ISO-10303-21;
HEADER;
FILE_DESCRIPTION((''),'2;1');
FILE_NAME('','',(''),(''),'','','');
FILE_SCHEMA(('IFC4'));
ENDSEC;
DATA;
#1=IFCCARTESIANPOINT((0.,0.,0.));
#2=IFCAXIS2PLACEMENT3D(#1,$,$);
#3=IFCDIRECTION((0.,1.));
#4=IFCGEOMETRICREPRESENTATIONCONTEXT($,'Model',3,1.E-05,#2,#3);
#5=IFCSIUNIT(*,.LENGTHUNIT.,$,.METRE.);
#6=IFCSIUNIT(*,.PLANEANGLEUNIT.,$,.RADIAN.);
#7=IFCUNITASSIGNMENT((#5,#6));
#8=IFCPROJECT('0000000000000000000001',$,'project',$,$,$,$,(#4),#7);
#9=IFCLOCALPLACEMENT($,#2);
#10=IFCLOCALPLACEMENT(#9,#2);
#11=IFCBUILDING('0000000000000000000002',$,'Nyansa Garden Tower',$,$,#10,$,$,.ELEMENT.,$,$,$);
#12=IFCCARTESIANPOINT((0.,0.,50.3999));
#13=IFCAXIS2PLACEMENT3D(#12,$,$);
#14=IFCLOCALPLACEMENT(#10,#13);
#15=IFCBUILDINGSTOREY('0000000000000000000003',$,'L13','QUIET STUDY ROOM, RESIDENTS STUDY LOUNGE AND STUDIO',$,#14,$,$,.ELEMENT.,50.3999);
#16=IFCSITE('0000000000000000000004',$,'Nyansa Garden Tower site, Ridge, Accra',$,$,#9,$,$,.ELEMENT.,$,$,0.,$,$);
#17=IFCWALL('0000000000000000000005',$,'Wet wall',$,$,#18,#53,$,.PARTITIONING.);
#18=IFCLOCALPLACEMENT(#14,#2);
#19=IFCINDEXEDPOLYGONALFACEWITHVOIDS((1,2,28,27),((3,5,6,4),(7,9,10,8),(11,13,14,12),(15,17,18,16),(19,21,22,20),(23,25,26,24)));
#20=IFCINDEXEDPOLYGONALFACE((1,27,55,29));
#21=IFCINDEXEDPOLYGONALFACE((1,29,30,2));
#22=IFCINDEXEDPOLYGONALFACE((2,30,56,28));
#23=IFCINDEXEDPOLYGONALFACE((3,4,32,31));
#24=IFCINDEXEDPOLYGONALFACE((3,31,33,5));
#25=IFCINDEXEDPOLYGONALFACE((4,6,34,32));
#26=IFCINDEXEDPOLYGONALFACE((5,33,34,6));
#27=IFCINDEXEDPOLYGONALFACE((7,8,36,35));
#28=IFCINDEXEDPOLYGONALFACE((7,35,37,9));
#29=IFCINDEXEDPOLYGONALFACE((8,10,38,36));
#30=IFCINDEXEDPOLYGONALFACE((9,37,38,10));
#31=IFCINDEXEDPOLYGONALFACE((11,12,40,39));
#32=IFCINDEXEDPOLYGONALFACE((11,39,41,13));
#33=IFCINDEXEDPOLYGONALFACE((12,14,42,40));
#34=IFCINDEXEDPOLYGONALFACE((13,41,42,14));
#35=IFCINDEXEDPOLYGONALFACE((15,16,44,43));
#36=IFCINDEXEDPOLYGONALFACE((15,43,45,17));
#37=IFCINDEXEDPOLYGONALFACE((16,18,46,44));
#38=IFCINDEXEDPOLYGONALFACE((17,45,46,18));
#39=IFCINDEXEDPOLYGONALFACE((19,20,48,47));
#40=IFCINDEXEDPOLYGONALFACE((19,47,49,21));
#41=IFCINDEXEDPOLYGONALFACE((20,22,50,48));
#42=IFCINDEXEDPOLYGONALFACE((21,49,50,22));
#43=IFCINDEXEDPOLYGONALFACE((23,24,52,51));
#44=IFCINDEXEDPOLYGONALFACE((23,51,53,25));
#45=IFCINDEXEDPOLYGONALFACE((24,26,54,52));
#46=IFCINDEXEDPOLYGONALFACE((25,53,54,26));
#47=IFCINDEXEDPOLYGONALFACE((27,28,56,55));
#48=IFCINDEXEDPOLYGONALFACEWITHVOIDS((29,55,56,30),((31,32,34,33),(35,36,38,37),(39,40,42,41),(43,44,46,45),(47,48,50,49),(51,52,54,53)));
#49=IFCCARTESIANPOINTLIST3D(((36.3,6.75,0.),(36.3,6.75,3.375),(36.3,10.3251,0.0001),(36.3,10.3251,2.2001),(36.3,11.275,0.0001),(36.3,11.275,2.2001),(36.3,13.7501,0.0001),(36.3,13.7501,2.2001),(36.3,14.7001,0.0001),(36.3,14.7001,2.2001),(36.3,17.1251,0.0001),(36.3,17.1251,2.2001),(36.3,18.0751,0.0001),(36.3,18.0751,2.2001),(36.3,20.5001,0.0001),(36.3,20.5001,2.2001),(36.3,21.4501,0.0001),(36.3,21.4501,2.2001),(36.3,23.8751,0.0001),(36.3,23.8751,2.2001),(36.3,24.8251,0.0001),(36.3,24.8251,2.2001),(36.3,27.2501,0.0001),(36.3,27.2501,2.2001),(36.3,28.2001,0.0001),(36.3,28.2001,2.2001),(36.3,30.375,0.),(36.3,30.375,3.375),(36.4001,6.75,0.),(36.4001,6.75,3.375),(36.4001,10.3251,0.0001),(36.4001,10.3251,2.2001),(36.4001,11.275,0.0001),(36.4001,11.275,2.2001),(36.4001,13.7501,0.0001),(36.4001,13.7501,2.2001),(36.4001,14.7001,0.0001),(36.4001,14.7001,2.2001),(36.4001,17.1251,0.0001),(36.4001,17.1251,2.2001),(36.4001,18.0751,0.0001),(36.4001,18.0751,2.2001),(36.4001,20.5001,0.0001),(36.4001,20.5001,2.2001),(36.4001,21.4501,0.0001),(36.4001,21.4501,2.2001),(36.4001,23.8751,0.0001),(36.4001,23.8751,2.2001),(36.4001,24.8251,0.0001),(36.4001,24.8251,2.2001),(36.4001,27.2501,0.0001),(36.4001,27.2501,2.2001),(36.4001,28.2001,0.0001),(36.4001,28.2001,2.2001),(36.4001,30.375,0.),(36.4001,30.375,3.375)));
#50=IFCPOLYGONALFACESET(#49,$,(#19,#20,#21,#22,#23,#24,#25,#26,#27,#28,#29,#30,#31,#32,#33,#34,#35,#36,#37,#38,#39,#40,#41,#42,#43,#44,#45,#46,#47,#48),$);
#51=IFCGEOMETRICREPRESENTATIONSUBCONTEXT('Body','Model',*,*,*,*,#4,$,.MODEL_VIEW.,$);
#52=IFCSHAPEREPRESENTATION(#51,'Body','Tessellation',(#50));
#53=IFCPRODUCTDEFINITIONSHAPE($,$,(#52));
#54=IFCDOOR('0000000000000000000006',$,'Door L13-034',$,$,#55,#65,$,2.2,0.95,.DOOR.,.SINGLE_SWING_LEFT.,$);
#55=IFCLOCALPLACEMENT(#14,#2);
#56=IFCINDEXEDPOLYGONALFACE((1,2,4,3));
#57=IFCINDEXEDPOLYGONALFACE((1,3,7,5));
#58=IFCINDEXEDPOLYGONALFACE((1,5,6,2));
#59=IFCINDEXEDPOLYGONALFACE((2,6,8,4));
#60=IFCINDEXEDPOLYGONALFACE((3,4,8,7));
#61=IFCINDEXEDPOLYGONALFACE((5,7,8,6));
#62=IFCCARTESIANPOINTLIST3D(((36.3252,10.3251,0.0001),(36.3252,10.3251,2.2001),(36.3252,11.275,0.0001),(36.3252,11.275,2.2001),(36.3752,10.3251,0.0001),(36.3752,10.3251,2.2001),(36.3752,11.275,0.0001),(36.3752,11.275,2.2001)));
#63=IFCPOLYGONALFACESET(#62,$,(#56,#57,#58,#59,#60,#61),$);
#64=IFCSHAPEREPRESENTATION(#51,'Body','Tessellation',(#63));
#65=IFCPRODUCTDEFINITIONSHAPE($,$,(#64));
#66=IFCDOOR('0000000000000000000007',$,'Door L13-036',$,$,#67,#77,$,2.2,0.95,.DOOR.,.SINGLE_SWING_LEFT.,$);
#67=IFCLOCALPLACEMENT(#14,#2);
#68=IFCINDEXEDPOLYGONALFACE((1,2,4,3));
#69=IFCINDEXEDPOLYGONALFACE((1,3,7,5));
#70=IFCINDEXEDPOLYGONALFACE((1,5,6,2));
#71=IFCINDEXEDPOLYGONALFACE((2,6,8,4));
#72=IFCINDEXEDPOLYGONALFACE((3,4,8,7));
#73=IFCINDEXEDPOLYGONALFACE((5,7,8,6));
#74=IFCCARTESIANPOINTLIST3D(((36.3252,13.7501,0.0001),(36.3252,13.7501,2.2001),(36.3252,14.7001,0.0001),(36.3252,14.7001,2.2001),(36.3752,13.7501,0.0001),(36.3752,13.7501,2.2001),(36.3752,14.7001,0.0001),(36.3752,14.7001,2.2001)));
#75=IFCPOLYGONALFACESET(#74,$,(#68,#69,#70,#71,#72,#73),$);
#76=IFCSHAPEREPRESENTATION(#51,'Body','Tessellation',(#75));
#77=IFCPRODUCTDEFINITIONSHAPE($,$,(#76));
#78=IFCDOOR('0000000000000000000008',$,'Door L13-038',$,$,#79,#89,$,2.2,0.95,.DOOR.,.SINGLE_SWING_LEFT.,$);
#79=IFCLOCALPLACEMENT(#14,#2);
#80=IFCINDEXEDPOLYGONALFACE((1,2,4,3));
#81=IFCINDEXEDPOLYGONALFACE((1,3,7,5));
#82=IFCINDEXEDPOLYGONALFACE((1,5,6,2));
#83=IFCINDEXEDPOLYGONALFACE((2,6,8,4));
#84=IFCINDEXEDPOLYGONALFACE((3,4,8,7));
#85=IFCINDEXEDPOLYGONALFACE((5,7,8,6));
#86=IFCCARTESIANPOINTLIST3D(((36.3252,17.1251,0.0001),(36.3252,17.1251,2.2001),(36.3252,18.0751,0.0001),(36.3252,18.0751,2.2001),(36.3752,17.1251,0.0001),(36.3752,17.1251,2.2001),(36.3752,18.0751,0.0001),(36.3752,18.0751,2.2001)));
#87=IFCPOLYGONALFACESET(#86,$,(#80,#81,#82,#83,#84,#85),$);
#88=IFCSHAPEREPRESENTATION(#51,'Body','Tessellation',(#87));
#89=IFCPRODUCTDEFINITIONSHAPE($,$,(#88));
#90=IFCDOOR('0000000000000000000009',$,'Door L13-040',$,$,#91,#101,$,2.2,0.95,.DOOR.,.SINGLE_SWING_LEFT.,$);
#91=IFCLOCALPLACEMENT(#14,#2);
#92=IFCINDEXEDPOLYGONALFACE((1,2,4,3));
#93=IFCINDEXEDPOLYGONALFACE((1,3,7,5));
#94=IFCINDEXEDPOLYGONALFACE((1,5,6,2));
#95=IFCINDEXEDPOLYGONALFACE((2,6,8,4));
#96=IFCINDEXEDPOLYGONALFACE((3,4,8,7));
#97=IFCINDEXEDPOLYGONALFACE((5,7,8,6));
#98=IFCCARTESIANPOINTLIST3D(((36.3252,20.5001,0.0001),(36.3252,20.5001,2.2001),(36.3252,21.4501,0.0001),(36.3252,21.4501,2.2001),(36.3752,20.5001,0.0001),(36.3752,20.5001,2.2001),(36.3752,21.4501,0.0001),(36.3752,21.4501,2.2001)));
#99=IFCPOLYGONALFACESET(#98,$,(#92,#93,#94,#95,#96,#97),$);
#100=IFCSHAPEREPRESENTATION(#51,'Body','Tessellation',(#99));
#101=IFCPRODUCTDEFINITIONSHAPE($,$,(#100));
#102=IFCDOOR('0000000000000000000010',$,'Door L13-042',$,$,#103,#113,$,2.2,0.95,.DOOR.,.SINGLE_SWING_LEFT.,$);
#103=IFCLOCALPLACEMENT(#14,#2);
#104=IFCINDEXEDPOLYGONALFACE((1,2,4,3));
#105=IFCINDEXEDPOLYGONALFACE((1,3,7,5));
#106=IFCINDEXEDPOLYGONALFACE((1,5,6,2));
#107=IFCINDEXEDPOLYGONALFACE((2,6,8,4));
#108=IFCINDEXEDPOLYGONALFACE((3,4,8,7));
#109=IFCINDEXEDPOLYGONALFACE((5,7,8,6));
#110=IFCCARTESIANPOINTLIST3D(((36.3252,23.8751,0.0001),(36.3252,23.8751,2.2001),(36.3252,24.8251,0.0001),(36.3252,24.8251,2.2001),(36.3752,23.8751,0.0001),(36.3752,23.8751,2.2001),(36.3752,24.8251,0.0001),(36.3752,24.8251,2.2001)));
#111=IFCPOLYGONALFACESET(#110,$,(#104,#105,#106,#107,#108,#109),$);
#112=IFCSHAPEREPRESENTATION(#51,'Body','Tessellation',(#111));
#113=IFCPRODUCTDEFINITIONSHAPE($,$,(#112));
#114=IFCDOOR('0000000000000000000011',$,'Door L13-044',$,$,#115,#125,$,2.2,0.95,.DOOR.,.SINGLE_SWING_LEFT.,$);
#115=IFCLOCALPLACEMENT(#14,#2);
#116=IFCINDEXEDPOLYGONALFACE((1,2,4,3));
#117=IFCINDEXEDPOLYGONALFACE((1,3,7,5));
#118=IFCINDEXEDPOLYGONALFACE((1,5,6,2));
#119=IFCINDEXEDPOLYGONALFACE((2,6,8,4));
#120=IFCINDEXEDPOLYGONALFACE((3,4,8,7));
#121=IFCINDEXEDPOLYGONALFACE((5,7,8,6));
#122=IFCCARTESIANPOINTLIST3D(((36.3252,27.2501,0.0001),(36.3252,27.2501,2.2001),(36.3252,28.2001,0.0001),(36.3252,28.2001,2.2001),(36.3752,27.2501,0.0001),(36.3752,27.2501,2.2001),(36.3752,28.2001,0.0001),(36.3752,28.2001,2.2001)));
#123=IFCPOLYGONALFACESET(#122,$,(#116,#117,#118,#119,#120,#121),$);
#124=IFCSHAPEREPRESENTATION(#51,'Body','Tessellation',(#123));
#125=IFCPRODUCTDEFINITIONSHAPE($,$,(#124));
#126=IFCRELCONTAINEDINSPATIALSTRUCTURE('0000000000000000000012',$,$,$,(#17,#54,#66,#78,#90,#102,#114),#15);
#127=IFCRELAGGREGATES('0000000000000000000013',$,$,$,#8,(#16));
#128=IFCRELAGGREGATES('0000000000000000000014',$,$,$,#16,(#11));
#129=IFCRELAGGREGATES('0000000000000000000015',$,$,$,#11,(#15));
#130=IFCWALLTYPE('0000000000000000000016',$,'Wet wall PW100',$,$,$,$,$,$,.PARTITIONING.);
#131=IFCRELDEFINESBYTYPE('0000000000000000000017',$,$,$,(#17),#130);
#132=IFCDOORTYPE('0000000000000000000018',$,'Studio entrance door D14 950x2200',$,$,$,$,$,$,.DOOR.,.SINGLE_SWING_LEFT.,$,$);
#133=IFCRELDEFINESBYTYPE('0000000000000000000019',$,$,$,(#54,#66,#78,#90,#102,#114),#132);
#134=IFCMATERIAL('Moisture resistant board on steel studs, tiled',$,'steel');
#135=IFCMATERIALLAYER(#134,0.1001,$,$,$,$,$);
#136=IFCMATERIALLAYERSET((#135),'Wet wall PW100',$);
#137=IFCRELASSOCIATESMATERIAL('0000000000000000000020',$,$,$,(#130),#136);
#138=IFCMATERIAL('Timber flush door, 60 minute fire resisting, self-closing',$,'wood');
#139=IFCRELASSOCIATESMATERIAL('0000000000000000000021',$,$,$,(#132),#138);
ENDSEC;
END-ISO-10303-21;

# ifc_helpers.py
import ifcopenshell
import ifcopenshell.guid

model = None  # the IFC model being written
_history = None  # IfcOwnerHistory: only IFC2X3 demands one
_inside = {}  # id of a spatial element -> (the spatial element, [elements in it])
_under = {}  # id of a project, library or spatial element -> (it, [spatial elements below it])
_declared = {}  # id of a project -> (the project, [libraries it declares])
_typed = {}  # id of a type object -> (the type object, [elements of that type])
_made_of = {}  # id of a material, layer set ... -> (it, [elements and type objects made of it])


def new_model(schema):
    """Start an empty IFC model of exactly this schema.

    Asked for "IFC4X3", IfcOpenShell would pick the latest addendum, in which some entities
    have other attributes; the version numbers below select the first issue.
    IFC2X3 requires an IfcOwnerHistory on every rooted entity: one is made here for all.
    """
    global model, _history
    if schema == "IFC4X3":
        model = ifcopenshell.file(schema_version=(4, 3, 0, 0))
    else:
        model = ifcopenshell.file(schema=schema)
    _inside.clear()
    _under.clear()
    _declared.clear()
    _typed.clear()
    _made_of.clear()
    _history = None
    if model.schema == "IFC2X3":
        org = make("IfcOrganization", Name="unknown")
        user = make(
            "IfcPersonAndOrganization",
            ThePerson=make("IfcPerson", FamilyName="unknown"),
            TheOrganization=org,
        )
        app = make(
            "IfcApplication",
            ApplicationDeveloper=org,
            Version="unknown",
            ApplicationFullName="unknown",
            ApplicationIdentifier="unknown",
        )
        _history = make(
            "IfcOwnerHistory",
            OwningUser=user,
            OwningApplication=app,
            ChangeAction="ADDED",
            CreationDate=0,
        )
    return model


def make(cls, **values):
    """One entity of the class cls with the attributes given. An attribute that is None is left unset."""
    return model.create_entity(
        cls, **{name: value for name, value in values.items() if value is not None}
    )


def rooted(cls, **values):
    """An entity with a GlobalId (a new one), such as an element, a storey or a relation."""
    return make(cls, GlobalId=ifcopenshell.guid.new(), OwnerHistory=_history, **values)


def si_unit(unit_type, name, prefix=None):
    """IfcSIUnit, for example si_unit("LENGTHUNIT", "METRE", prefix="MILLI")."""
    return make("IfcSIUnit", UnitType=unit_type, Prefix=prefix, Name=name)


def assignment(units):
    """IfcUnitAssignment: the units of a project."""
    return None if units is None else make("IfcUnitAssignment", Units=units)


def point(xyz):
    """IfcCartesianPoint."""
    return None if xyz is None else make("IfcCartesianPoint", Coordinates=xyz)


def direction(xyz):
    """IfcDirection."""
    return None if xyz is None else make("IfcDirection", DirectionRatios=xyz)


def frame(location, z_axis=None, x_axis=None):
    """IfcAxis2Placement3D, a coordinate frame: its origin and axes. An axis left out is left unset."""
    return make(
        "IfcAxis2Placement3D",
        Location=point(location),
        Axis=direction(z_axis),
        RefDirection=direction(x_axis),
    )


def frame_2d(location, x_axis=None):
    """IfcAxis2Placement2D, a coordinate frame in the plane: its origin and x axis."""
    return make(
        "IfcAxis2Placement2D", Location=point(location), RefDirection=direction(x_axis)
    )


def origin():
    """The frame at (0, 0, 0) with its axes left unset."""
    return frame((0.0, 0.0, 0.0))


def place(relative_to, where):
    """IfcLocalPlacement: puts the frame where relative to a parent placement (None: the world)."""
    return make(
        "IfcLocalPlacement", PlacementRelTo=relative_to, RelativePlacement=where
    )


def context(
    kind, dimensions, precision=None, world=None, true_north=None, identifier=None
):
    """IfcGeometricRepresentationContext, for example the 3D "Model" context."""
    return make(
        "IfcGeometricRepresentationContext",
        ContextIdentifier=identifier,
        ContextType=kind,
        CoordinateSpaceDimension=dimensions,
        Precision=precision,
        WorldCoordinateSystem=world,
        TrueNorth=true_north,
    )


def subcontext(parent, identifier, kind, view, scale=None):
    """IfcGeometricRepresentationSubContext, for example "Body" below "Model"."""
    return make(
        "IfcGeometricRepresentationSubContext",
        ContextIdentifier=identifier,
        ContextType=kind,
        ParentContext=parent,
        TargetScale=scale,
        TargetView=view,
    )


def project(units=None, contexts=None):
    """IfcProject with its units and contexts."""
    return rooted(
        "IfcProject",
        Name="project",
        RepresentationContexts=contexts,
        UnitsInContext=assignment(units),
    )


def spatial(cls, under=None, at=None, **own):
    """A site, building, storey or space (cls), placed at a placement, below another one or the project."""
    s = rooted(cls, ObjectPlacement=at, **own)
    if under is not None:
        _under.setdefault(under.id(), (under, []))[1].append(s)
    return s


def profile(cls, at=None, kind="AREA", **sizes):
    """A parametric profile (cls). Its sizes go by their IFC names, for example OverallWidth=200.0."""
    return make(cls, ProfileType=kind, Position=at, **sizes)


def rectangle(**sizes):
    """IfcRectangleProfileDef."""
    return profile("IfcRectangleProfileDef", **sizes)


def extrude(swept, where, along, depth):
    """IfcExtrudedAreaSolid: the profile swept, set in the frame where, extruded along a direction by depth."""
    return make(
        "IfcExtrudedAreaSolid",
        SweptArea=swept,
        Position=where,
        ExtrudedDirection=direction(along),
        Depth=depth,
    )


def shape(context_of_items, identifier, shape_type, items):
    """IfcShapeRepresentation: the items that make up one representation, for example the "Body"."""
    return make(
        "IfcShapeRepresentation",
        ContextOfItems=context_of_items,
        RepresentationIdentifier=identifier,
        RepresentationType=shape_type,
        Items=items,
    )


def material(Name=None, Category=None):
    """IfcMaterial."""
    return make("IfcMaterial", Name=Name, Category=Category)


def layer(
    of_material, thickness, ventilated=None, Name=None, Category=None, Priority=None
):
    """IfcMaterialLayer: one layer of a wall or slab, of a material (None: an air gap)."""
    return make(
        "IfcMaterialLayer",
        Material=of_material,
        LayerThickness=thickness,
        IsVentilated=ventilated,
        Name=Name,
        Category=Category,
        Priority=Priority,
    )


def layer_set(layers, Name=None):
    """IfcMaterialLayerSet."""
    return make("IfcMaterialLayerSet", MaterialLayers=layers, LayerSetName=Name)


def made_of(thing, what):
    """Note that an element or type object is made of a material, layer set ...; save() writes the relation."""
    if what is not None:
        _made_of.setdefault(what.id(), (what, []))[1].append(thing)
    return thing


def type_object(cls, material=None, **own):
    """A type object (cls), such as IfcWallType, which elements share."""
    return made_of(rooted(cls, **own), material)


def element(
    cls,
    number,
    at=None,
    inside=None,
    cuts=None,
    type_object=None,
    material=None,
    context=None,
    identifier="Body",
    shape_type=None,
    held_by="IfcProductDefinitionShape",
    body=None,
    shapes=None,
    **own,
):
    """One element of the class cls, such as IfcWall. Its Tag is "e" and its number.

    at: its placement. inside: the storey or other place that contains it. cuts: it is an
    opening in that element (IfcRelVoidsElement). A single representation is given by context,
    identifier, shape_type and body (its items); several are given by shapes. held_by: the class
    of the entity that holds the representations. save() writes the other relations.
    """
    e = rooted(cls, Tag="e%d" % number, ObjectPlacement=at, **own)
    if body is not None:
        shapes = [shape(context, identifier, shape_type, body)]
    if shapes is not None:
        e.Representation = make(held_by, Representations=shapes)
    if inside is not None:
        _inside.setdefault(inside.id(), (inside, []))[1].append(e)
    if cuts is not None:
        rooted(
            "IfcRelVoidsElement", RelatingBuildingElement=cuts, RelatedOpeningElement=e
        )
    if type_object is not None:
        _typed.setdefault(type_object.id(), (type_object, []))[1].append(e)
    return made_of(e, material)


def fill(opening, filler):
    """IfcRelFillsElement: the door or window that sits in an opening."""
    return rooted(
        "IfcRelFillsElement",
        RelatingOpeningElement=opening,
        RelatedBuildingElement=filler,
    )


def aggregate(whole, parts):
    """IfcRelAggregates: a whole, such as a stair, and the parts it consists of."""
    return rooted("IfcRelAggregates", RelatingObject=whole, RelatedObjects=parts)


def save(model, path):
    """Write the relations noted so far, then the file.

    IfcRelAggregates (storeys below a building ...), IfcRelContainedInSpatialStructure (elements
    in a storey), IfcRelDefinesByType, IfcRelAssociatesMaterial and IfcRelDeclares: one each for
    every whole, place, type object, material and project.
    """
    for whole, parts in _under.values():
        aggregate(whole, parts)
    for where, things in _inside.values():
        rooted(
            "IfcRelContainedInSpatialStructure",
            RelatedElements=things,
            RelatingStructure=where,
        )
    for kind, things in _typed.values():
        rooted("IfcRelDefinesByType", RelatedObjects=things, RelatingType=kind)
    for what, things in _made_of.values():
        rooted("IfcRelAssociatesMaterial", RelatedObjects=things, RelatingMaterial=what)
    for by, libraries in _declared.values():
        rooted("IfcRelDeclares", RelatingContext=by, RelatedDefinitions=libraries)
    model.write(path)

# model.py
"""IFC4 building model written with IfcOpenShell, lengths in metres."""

from ifc_helpers import new_model, si_unit, direction, frame, frame_2d, origin, place, context, subcontext, project, spatial, rectangle, extrude, material, layer, layer_set, type_object, element, fill, save


model = new_model("IFC4")

# Units and contexts
model_context = context("Model", 3, precision=1e-05, world=origin(), true_north=direction((0.0, 1.0)))
body_context = subcontext(model_context, "Body", "Model", "MODEL_VIEW")
ifc_project = project(units=[si_unit("LENGTHUNIT", "METRE"), si_unit("PLANEANGLEUNIT", "RADIAN")], contexts=[model_context])

# Site, building, storey
site_placement = place(None, origin())
site = spatial("IfcSite", under=ifc_project, at=site_placement, Name="Nyansa Garden Tower site, Ridge, Accra", CompositionType="ELEMENT", RefElevation=0.0)
building_placement = place(site_placement, origin())
building = spatial("IfcBuilding", under=site, at=building_placement, Name="Nyansa Garden Tower", CompositionType="ELEMENT")
storey_placement = place(building_placement, frame((0.0, 0.0, 50.3999)))
storey = spatial("IfcBuildingStorey", under=building, at=storey_placement, Name="L13", Description="QUIET STUDY ROOM, RESIDENTS STUDY LOUNGE AND STUDIO", CompositionType="ELEMENT", Elevation=50.3999)

# Wall, openings, doors
ifc_material_1 = material(Name="Moisture resistant board on steel studs, tiled", Category="steel")
ifc_layer_1 = layer(ifc_material_1, 0.1001)
ifc_layer_set_1 = layer_set([ifc_layer_1], Name="Wet wall PW100")
wall_type_1 = type_object("IfcWallType", Name="Wet wall PW100", PredefinedType="PARTITIONING", material=ifc_layer_set_1)
wall_1_placement = place(storey_placement, frame((36.3501, 6.75, 0.0), z_axis=(0.0, 0.0, 1.0), x_axis=(0.0, 1.0, 0.0)))
wall_1 = element("IfcWall", 1, at=wall_1_placement, inside=storey, type_object=wall_type_1, Name="Wet wall", PredefinedType="PARTITIONING", context=body_context, shape_type="SweptSolid", body=[
    extrude(rectangle(XDim=23.625, YDim=0.1001, at=frame_2d((11.8125, 0.0))), origin(), (0.0, 0.0, 1.0), 3.375),
])
opening_1_placement = place(wall_1_placement, frame((3.575, 0.0, 0.0)))
opening_1 = element("IfcOpeningElement", 2, at=opening_1_placement, cuts=wall_1, PredefinedType="OPENING", context=body_context, shape_type="SweptSolid", body=[
    extrude(rectangle(XDim=0.95, YDim=2.2, at=frame_2d((0.4751, 1.1001))), frame((0.0, 0.0601, 0.0), z_axis=(0.0, -1.0, 0.0), x_axis=(1.0, 0.0, 0.0)), (0.0, 0.0, 1.0), 0.1201),
])
opening_2_placement = place(wall_1_placement, frame((7.0, 0.0, 0.0)))
opening_2 = element("IfcOpeningElement", 3, at=opening_2_placement, cuts=wall_1, PredefinedType="OPENING", context=body_context, shape_type="SweptSolid", body=[
    extrude(rectangle(XDim=0.95, YDim=2.2, at=frame_2d((0.4751, 1.1001))), frame((0.0, 0.0601, 0.0), z_axis=(0.0, -1.0, 0.0), x_axis=(1.0, 0.0, 0.0)), (0.0, 0.0, 1.0), 0.1201),
])
opening_3_placement = place(wall_1_placement, frame((10.375, 0.0, 0.0)))
opening_3 = element("IfcOpeningElement", 4, at=opening_3_placement, cuts=wall_1, PredefinedType="OPENING", context=body_context, shape_type="SweptSolid", body=[
    extrude(rectangle(XDim=0.95, YDim=2.2, at=frame_2d((0.4751, 1.1001))), frame((0.0, 0.0601, 0.0), z_axis=(0.0, -1.0, 0.0), x_axis=(1.0, 0.0, 0.0)), (0.0, 0.0, 1.0), 0.1201),
])
opening_4_placement = place(wall_1_placement, frame((13.75, 0.0, 0.0)))
opening_4 = element("IfcOpeningElement", 5, at=opening_4_placement, cuts=wall_1, PredefinedType="OPENING", context=body_context, shape_type="SweptSolid", body=[
    extrude(rectangle(XDim=0.95, YDim=2.2, at=frame_2d((0.4751, 1.1001))), frame((0.0, 0.0601, 0.0), z_axis=(0.0, -1.0, 0.0), x_axis=(1.0, 0.0, 0.0)), (0.0, 0.0, 1.0), 0.1201),
])
opening_5_placement = place(wall_1_placement, frame((17.125, 0.0, 0.0)))
opening_5 = element("IfcOpeningElement", 6, at=opening_5_placement, cuts=wall_1, PredefinedType="OPENING", context=body_context, shape_type="SweptSolid", body=[
    extrude(rectangle(XDim=0.95, YDim=2.2, at=frame_2d((0.4751, 1.1001))), frame((0.0, 0.0601, 0.0), z_axis=(0.0, -1.0, 0.0), x_axis=(1.0, 0.0, 0.0)), (0.0, 0.0, 1.0), 0.1201),
])
opening_6_placement = place(wall_1_placement, frame((20.5, 0.0, 0.0)))
opening_6 = element("IfcOpeningElement", 7, at=opening_6_placement, cuts=wall_1, PredefinedType="OPENING", context=body_context, shape_type="SweptSolid", body=[
    extrude(rectangle(XDim=0.95, YDim=2.2, at=frame_2d((0.4751, 1.1001))), frame((0.0, 0.0601, 0.0), z_axis=(0.0, -1.0, 0.0), x_axis=(1.0, 0.0, 0.0)), (0.0, 0.0, 1.0), 0.1201),
])
ifc_material_2 = material(Name="Timber flush door, 60 minute fire resisting, self-closing", Category="wood")
door_type_1 = type_object("IfcDoorType", Name="Studio entrance door D14 950x2200", OperationType="SINGLE_SWING_LEFT", PredefinedType="DOOR", material=ifc_material_2)
door_1_placement = place(opening_1_placement, origin())
door_1 = element("IfcDoor", 8, at=door_1_placement, inside=storey, type_object=door_type_1, Name="Door L13-034", OperationType="SINGLE_SWING_LEFT", OverallHeight=2.2, OverallWidth=0.95, PredefinedType="DOOR", context=body_context, shape_type="SweptSolid", body=[
    extrude(rectangle(XDim=0.95, YDim=2.2, at=frame_2d((0.4751, 1.1001))), frame((0.0, 0.0249, 0.0), z_axis=(0.0, -1.0, 0.0), x_axis=(1.0, 0.0, 0.0)), (0.0, 0.0, 1.0), 0.05),
])
fill(opening_1, door_1)
door_2_placement = place(opening_2_placement, origin())
door_2 = element("IfcDoor", 9, at=door_2_placement, inside=storey, type_object=door_type_1, Name="Door L13-036", OperationType="SINGLE_SWING_LEFT", OverallHeight=2.2, OverallWidth=0.95, PredefinedType="DOOR", context=body_context, shape_type="SweptSolid", body=[
    extrude(rectangle(XDim=0.95, YDim=2.2, at=frame_2d((0.4751, 1.1001))), frame((0.0, 0.0249, 0.0), z_axis=(0.0, -1.0, 0.0), x_axis=(1.0, 0.0, 0.0)), (0.0, 0.0, 1.0), 0.05),
])
fill(opening_2, door_2)
door_3_placement = place(opening_3_placement, origin())
door_3 = element("IfcDoor", 10, at=door_3_placement, inside=storey, type_object=door_type_1, Name="Door L13-038", OperationType="SINGLE_SWING_LEFT", OverallHeight=2.2, OverallWidth=0.95, PredefinedType="DOOR", context=body_context, shape_type="SweptSolid", body=[
    extrude(rectangle(XDim=0.95, YDim=2.2, at=frame_2d((0.4751, 1.1001))), frame((0.0, 0.0249, 0.0), z_axis=(0.0, -1.0, 0.0), x_axis=(1.0, 0.0, 0.0)), (0.0, 0.0, 1.0), 0.05),
])
fill(opening_3, door_3)
door_4_placement = place(opening_4_placement, origin())
door_4 = element("IfcDoor", 11, at=door_4_placement, inside=storey, type_object=door_type_1, Name="Door L13-040", OperationType="SINGLE_SWING_LEFT", OverallHeight=2.2, OverallWidth=0.95, PredefinedType="DOOR", context=body_context, shape_type="SweptSolid", body=[
    extrude(rectangle(XDim=0.95, YDim=2.2, at=frame_2d((0.4751, 1.1001))), frame((0.0, 0.0249, 0.0), z_axis=(0.0, -1.0, 0.0), x_axis=(1.0, 0.0, 0.0)), (0.0, 0.0, 1.0), 0.05),
])
fill(opening_4, door_4)
door_5_placement = place(opening_5_placement, origin())
door_5 = element("IfcDoor", 12, at=door_5_placement, inside=storey, type_object=door_type_1, Name="Door L13-042", OperationType="SINGLE_SWING_LEFT", OverallHeight=2.2, OverallWidth=0.95, PredefinedType="DOOR", context=body_context, shape_type="SweptSolid", body=[
    extrude(rectangle(XDim=0.95, YDim=2.2, at=frame_2d((0.4751, 1.1001))), frame((0.0, 0.0249, 0.0), z_axis=(0.0, -1.0, 0.0), x_axis=(1.0, 0.0, 0.0)), (0.0, 0.0, 1.0), 0.05),
])
fill(opening_5, door_5)
door_6_placement = place(opening_6_placement, origin())
door_6 = element("IfcDoor", 13, at=door_6_placement, inside=storey, type_object=door_type_1, Name="Door L13-044", OperationType="SINGLE_SWING_LEFT", OverallHeight=2.2, OverallWidth=0.95, PredefinedType="DOOR", context=body_context, shape_type="SweptSolid", body=[
    extrude(rectangle(XDim=0.95, YDim=2.2, at=frame_2d((0.4751, 1.1001))), frame((0.0, 0.0249, 0.0), z_axis=(0.0, -1.0, 0.0), x_axis=(1.0, 0.0, 0.0)), (0.0, 0.0, 1.0), 0.05),
])
fill(opening_6, door_6)

save(model, "model.ifc")
